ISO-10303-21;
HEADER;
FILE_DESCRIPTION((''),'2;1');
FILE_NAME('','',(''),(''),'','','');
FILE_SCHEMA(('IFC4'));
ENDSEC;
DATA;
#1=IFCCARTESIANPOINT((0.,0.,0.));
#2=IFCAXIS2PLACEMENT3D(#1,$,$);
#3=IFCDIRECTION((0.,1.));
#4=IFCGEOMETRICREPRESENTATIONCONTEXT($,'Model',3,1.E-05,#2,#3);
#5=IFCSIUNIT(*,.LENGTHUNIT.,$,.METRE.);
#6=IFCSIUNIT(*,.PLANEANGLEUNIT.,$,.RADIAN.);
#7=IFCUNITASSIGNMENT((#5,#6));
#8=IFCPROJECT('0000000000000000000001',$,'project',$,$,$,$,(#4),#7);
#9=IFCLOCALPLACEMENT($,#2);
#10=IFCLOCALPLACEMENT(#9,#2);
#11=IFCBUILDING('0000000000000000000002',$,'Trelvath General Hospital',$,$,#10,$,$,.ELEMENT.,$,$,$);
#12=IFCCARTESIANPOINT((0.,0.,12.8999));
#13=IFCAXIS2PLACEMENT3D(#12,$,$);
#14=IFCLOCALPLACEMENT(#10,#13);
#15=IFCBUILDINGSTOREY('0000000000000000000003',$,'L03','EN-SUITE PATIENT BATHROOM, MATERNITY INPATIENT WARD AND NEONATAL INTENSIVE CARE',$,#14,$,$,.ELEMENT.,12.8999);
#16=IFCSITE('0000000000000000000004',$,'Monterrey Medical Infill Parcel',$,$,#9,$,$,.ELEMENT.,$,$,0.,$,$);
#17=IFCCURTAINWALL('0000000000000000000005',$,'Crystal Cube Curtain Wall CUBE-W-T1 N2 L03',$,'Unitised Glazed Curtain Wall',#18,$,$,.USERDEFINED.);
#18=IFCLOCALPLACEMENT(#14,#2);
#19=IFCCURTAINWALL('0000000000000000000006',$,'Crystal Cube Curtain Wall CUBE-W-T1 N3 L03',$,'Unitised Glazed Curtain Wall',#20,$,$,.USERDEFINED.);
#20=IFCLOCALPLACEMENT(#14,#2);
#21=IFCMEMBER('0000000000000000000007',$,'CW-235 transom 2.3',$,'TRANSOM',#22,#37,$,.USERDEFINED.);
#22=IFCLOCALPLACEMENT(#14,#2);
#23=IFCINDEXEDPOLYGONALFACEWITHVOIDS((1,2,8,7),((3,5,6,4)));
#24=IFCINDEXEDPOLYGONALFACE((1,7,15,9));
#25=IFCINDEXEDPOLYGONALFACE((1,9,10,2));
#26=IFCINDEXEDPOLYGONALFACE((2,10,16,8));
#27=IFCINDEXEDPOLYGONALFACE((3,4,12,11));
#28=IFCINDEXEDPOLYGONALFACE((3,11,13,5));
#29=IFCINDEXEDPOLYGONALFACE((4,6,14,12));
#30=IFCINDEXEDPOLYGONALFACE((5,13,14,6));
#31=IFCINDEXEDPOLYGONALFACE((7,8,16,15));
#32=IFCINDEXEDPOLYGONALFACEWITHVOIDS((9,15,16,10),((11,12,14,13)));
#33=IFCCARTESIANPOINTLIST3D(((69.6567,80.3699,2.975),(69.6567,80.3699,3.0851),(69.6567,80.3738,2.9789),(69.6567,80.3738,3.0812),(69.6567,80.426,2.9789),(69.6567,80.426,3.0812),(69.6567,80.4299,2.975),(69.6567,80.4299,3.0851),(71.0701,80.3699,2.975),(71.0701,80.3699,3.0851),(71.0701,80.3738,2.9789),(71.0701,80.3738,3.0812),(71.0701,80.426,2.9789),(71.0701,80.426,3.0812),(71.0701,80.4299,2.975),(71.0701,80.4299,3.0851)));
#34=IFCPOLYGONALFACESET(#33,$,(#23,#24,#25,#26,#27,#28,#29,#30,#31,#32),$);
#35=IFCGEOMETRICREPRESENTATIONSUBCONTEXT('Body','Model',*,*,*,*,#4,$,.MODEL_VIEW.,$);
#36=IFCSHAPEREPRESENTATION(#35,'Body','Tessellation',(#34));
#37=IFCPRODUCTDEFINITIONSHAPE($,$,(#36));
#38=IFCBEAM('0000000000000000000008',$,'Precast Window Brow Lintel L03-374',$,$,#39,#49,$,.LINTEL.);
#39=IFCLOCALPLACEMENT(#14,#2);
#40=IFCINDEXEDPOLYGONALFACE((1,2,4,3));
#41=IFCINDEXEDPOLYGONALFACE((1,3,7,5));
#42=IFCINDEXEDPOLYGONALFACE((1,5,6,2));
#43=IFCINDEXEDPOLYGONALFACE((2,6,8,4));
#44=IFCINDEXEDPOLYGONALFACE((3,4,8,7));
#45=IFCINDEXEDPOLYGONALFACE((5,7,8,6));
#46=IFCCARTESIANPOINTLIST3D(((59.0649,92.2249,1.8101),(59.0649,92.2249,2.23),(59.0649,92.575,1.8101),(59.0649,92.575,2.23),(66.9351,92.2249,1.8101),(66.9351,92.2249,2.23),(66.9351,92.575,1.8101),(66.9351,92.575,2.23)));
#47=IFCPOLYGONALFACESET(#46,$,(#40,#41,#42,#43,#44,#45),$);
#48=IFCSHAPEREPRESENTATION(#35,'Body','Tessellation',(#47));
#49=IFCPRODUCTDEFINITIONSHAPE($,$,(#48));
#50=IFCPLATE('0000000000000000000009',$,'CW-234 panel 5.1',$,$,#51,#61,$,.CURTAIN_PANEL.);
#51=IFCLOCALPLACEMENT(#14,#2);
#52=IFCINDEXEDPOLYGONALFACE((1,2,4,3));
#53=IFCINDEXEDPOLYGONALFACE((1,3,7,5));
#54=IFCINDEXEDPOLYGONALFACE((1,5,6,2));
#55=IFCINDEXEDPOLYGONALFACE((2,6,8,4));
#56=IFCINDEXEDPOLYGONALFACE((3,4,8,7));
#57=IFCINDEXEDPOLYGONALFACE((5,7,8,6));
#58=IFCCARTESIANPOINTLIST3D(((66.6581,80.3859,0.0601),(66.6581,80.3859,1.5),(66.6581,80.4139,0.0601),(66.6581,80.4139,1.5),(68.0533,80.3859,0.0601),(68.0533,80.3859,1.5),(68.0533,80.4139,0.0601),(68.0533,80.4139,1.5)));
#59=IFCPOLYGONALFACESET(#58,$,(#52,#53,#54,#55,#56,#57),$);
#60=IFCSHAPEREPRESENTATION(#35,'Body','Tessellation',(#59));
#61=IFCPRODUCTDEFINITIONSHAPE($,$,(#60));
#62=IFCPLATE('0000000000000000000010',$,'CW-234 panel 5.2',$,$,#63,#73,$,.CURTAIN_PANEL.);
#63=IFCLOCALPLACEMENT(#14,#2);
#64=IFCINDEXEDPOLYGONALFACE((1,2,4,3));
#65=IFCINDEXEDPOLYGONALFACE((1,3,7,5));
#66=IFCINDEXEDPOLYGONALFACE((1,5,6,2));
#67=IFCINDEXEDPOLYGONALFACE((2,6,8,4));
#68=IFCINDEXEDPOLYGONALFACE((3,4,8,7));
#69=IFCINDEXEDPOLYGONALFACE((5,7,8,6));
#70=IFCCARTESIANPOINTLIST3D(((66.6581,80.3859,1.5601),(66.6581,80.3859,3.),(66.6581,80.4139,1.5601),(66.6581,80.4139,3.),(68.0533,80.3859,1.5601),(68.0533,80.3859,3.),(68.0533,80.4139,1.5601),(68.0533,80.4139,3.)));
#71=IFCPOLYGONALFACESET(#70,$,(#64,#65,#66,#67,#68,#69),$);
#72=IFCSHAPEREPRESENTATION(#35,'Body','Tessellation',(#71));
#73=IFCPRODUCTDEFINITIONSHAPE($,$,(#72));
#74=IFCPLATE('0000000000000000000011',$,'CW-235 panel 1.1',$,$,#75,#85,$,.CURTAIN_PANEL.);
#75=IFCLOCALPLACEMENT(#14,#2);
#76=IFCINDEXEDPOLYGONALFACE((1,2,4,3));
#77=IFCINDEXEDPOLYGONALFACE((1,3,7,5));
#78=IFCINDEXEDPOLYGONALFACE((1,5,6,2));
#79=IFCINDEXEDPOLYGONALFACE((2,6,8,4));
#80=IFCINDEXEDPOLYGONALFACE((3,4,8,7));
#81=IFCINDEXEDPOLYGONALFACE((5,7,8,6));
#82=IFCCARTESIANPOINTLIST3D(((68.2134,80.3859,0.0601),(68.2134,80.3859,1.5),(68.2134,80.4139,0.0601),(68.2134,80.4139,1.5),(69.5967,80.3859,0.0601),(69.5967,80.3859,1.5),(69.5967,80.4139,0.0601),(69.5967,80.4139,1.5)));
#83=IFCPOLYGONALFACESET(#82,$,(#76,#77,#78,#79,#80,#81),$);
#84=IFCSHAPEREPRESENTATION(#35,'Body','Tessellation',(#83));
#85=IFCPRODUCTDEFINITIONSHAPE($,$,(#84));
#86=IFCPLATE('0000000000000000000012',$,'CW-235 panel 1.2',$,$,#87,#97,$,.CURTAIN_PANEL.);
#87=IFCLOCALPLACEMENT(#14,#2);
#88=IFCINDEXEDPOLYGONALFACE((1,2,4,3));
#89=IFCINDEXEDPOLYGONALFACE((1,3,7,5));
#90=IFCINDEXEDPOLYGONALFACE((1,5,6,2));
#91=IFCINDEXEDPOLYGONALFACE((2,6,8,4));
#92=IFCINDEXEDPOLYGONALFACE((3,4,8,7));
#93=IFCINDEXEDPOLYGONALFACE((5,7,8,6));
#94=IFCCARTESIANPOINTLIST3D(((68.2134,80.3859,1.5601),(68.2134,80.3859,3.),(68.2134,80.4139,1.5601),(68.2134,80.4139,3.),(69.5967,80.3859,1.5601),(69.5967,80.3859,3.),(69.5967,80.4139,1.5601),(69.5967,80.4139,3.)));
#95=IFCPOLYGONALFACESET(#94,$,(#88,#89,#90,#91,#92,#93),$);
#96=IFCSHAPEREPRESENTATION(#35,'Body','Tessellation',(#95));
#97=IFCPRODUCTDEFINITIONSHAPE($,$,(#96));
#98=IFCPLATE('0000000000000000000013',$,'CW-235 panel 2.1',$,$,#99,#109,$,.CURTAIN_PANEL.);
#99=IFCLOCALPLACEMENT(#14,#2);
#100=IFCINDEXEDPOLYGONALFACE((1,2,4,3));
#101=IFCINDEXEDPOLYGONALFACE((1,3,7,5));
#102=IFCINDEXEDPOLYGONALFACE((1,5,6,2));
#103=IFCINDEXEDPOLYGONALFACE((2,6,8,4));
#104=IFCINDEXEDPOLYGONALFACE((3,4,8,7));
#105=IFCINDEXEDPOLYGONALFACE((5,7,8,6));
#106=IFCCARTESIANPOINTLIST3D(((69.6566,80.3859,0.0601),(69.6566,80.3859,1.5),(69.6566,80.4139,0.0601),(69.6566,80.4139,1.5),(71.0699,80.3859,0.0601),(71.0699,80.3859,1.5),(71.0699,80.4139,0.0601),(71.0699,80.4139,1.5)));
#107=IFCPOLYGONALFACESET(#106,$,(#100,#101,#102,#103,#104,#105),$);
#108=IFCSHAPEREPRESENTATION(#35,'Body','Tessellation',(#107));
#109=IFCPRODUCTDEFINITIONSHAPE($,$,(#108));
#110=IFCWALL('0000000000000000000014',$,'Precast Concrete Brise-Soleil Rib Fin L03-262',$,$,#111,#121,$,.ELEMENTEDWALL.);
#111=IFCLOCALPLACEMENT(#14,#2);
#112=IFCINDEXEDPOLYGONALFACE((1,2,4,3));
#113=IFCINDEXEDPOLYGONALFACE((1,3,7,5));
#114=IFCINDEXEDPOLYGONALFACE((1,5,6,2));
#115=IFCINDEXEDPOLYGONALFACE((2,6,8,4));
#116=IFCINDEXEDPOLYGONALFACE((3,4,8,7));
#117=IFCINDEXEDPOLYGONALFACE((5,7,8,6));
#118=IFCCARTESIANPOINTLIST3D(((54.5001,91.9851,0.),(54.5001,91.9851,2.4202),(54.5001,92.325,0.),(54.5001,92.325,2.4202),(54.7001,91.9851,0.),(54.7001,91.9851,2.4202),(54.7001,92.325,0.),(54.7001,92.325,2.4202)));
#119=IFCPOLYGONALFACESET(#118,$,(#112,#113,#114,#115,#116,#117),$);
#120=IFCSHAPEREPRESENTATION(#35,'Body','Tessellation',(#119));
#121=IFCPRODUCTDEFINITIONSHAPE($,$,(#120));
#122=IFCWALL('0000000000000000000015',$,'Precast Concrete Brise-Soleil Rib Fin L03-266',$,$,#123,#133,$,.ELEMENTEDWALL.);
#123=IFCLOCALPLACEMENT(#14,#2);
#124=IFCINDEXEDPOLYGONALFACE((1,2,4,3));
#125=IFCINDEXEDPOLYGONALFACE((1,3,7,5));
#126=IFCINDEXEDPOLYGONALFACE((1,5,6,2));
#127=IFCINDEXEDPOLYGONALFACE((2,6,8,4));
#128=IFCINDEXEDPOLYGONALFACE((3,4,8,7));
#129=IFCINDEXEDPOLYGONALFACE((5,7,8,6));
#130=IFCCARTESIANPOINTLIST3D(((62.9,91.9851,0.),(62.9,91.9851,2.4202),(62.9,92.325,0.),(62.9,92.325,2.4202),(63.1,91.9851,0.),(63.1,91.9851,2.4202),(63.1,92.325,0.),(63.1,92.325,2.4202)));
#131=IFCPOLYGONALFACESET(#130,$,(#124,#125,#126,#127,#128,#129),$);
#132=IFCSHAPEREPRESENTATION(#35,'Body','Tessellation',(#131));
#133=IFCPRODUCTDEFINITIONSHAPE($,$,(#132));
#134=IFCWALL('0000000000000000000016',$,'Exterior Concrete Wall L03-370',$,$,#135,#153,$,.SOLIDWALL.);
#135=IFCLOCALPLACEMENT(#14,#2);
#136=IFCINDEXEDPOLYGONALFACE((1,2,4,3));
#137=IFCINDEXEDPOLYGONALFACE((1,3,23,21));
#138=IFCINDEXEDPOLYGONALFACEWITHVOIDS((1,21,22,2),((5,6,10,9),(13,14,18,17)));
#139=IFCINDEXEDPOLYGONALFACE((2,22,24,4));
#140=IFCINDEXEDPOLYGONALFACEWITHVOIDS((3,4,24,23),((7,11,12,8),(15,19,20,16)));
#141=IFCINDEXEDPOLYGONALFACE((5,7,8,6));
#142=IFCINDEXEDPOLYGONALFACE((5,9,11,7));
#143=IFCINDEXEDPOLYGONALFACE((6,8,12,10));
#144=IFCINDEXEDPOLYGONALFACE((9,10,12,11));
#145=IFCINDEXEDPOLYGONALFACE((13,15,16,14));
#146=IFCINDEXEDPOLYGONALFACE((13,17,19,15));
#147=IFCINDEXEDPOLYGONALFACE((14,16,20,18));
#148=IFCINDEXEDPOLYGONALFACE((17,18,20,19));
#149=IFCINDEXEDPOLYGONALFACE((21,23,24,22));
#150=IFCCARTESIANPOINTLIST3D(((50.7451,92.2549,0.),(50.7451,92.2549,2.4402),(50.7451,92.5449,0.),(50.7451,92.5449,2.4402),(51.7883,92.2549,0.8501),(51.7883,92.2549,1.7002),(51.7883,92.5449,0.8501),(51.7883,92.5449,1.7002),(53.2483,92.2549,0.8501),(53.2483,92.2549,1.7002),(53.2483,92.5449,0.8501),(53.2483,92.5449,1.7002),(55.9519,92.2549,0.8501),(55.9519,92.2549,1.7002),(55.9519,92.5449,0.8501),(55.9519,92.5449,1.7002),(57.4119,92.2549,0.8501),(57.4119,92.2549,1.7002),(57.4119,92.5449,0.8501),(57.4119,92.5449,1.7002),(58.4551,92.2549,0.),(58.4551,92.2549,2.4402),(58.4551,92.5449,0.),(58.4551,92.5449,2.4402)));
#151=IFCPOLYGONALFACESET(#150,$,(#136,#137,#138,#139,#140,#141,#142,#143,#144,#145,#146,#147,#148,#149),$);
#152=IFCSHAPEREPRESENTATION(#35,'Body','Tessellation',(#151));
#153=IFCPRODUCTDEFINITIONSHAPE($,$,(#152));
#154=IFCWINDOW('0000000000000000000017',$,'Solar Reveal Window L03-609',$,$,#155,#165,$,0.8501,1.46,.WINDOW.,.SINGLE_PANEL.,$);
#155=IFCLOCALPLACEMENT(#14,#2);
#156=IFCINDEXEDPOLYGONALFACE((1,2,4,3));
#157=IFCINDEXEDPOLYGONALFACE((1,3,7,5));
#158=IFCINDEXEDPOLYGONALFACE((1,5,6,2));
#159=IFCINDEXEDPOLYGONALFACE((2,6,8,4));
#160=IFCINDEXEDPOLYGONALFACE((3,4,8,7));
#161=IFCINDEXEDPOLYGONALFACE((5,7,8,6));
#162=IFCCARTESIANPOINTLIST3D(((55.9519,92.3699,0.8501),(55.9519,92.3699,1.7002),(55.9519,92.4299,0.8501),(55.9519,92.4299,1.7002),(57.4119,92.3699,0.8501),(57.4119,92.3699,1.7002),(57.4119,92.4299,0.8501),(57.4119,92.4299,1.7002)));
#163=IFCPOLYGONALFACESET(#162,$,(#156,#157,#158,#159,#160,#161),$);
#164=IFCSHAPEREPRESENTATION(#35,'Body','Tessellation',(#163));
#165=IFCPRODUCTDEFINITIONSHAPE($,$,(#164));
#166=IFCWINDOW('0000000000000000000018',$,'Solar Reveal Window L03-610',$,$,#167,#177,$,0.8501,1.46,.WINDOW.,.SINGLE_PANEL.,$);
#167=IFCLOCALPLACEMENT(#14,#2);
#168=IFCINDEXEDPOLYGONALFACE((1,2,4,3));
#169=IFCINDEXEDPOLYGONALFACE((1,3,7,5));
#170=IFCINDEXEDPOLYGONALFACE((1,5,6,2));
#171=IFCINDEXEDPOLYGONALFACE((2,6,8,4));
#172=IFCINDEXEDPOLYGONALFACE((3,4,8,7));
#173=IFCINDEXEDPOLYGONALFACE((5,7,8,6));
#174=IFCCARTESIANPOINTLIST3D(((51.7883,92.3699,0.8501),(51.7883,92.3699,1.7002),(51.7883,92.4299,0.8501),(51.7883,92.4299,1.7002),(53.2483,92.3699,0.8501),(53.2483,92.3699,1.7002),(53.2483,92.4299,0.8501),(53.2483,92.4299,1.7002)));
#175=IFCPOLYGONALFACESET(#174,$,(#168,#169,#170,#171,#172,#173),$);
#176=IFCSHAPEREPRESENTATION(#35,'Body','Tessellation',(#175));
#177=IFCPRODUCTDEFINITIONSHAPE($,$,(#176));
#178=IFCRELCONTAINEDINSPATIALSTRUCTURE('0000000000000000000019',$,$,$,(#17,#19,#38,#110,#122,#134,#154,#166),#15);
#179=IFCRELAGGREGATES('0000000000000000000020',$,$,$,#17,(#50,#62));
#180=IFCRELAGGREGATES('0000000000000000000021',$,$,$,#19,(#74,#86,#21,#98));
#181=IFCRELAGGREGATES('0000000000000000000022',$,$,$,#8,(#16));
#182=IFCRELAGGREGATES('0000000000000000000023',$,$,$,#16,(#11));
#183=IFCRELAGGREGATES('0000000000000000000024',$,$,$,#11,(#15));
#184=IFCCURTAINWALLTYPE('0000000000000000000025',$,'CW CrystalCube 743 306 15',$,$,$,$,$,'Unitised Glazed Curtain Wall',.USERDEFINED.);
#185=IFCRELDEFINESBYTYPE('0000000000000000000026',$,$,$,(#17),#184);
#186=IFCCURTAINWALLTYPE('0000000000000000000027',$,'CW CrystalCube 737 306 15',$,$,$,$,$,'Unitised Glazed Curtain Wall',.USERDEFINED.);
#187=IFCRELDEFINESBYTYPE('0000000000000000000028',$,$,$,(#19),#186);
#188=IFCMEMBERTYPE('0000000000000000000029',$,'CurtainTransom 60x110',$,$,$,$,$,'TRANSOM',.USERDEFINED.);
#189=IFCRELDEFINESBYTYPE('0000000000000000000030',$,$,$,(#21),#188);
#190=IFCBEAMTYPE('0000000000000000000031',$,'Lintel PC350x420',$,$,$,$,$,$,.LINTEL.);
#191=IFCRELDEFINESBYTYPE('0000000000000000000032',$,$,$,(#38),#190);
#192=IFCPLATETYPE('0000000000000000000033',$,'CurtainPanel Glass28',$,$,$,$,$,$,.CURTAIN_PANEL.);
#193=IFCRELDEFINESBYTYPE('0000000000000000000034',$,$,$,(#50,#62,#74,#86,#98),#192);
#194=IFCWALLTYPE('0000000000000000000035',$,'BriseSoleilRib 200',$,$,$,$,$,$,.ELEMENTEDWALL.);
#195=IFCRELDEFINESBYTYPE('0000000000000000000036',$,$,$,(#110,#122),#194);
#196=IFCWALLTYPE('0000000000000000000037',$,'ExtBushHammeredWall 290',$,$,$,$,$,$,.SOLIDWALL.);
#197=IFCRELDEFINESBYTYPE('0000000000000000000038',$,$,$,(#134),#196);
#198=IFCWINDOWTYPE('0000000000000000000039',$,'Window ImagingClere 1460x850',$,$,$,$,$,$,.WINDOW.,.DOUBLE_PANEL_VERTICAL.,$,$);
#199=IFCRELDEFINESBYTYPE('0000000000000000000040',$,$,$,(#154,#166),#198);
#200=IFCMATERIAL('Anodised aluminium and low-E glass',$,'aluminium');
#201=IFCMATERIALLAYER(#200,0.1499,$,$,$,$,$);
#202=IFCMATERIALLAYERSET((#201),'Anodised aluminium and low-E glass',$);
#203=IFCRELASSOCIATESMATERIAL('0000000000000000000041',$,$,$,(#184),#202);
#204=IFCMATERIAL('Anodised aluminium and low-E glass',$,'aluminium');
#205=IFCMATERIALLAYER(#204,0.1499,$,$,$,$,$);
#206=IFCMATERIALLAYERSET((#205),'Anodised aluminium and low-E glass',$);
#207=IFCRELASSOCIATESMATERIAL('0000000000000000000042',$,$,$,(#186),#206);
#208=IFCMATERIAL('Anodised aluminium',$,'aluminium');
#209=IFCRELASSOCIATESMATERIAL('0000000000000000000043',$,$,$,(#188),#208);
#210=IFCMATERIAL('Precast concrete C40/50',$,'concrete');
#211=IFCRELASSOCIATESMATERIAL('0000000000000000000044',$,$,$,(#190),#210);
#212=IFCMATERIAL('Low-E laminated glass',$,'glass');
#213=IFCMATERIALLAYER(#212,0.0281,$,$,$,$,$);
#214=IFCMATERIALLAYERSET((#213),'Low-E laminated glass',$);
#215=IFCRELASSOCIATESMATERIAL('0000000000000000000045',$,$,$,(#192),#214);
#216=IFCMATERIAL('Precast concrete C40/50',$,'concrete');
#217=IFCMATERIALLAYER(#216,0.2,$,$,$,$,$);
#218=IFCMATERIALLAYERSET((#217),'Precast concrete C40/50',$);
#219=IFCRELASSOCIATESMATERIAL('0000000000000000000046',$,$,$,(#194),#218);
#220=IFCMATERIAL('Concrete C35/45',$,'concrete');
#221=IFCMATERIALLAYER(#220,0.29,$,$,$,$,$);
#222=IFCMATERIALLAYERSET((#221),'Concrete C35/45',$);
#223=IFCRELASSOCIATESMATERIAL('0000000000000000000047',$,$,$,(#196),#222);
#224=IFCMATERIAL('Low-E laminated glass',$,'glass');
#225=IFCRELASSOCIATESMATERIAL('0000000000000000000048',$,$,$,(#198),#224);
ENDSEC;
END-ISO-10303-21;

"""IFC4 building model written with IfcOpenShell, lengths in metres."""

from ifc_helpers import new_model, si_unit, direction, frame, frame_2d, origin, origin_2d, place, context, subcontext, project, spatial, rectangle, hollow_rectangle, extrude, material, layer, layer_set, material_profile, profile_set, type_object, element, fill, aggregate, save


model = new_model("IFC4")

# Units and contexts
model_context = context("Model", 3, precision=1e-05, world=origin(), true_north=direction((0.0, 1.0)))
body_context = subcontext(model_context, "Body", "Model", "MODEL_VIEW")
ifc_project = project(units=[si_unit("LENGTHUNIT", "METRE"), si_unit("PLANEANGLEUNIT", "RADIAN")], contexts=[model_context])

# Site, building, storey
site_placement = place(None, origin())
site = spatial("IfcSite", under=ifc_project, at=site_placement, Name="Monterrey Medical Infill Parcel", CompositionType="ELEMENT", RefElevation=0.0)
building_placement = place(site_placement, origin())
building = spatial("IfcBuilding", under=site, at=building_placement, Name="Trelvath General Hospital", CompositionType="ELEMENT")
storey_placement = place(building_placement, frame((0.0, 0.0, 12.8999)))
storey = spatial("IfcBuildingStorey", under=building, at=storey_placement, Name="L03", Description="EN-SUITE PATIENT BATHROOM, MATERNITY INPATIENT WARD AND NEONATAL INTENSIVE CARE", CompositionType="ELEMENT", Elevation=12.8999)

# Curtain wall
ifc_material_1 = material(Name="Anodised aluminium and low-E glass", Category="aluminium")
ifc_layer_1 = layer(ifc_material_1, 0.1499)
ifc_layer_set_1 = layer_set([ifc_layer_1], Name="Anodised aluminium and low-E glass")
curtain_wall_type_1 = type_object("IfcCurtainWallType", Name="CW CrystalCube 743 306 15", ElementType="Unitised Glazed Curtain Wall", PredefinedType="USERDEFINED", material=ifc_layer_set_1)
curtain_wall_1_placement = place(storey_placement, origin())
curtain_wall_1 = element("IfcCurtainWall", 1, at=curtain_wall_1_placement, inside=storey, type_object=curtain_wall_type_1, Name="Crystal Cube Curtain Wall CUBE-W-T1 N2 L03", ObjectType="Unitised Glazed Curtain Wall", PredefinedType="USERDEFINED")

# Curtain wall
ifc_material_2 = material(Name="Anodised aluminium and low-E glass", Category="aluminium")
ifc_layer_2 = layer(ifc_material_2, 0.1499)
ifc_layer_set_2 = layer_set([ifc_layer_2], Name="Anodised aluminium and low-E glass")
curtain_wall_type_2 = type_object("IfcCurtainWallType", Name="CW CrystalCube 737 306 15", ElementType="Unitised Glazed Curtain Wall", PredefinedType="USERDEFINED", material=ifc_layer_set_2)
curtain_wall_2_placement = place(storey_placement, origin())
curtain_wall_2 = element("IfcCurtainWall", 2, at=curtain_wall_2_placement, inside=storey, type_object=curtain_wall_type_2, Name="Crystal Cube Curtain Wall CUBE-W-T1 N3 L03", ObjectType="Unitised Glazed Curtain Wall", PredefinedType="USERDEFINED")

# Member
ifc_material_3 = material(Name="Anodised aluminium", Category="aluminium")
ifc_material_profile_1 = material_profile(ifc_material_3, hollow_rectangle(XDim=0.0601, YDim=0.1101, WallThickness=0.0039, at=origin_2d()), Name="RHS60x110x4")
ifc_profile_set_1 = profile_set([ifc_material_profile_1], Name="Anodised aluminium")
member_type_1 = type_object("IfcMemberType", Name="CurtainTransom 60x110", ElementType="TRANSOM", PredefinedType="USERDEFINED", material=ifc_profile_set_1)
member_1_placement = place(storey_placement, frame((69.6567, 80.3999, 3.03), z_axis=(1.0, 0.0, 0.0), x_axis=(0.0, 1.0, 0.0)))
member_1 = element("IfcMember", 3, at=member_1_placement, type_object=member_type_1, Name="CW-235 transom 2.3", ObjectType="TRANSOM", PredefinedType="USERDEFINED", context=body_context, shape_type="SweptSolid", body=[
    extrude(hollow_rectangle(XDim=0.0601, YDim=0.1101, WallThickness=0.0039, at=origin_2d()), origin(), (0.0, 0.0, 1.0), 1.4133),
])

# Beam
ifc_material_4 = material(Name="Precast concrete C40/50", Category="concrete")
ifc_material_profile_2 = material_profile(ifc_material_4, rectangle(XDim=0.3501, YDim=0.4199, at=origin_2d()), Name="PCL350x420")
ifc_profile_set_2 = profile_set([ifc_material_profile_2], Name="Precast concrete C40/50")
beam_type_1 = type_object("IfcBeamType", Name="Lintel PC350x420", PredefinedType="LINTEL", material=ifc_profile_set_2)
beam_1_placement = place(storey_placement, frame((66.9351, 92.3999, 2.02), z_axis=(-1.0, 0.0, 0.0), x_axis=(0.0, -1.0, 0.0)))
element("IfcBeam", 4, at=beam_1_placement, inside=storey, type_object=beam_type_1, Name="Precast Window Brow Lintel L03-374", PredefinedType="LINTEL", context=body_context, shape_type="SweptSolid", body=[
    extrude(rectangle(XDim=0.3501, YDim=0.4199, at=origin_2d()), origin(), (0.0, 0.0, 1.0), 7.8701),
])

# Plates
ifc_material_5 = material(Name="Low-E laminated glass", Category="glass")
ifc_layer_3 = layer(ifc_material_5, 0.0281)
ifc_layer_set_3 = layer_set([ifc_layer_3], Name="Low-E laminated glass")
plate_type = type_object("IfcPlateType", Name="CurtainPanel Glass28", PredefinedType="CURTAIN_PANEL", material=ifc_layer_set_3)
plate_1_placement = place(storey_placement, frame((67.3557, 80.3999, 0.0601), z_axis=(0.0, 0.0, 1.0), x_axis=(1.0, 0.0, 0.0)))
plate_1 = element("IfcPlate", 5, at=plate_1_placement, type_object=plate_type, Name="CW-234 panel 5.1", PredefinedType="CURTAIN_PANEL", context=body_context, shape_type="SweptSolid", body=[
    extrude(rectangle(XDim=1.3953, YDim=0.0281, at=origin_2d()), origin(), (0.0, 0.0, 1.0), 1.4399),
])
plate_2_placement = place(storey_placement, frame((67.3557, 80.3999, 1.5601), z_axis=(0.0, 0.0, 1.0), x_axis=(1.0, 0.0, 0.0)))
plate_2 = element("IfcPlate", 6, at=plate_2_placement, type_object=plate_type, Name="CW-234 panel 5.2", PredefinedType="CURTAIN_PANEL", context=body_context, shape_type="SweptSolid", body=[
    extrude(rectangle(XDim=1.3953, YDim=0.0281, at=origin_2d()), origin(), (0.0, 0.0, 1.0), 1.4399),
])
aggregate(curtain_wall_1, [plate_1, plate_2])
plate_3_placement = place(storey_placement, frame((68.905, 80.3999, 0.0601), z_axis=(0.0, 0.0, 1.0), x_axis=(1.0, 0.0, 0.0)))
plate_3 = element("IfcPlate", 7, at=plate_3_placement, type_object=plate_type, Name="CW-235 panel 1.1", PredefinedType="CURTAIN_PANEL", context=body_context, shape_type="SweptSolid", body=[
    extrude(rectangle(XDim=1.3833, YDim=0.0281, at=origin_2d()), origin(), (0.0, 0.0, 1.0), 1.4399),
])
plate_4_placement = place(storey_placement, frame((68.905, 80.3999, 1.5601), z_axis=(0.0, 0.0, 1.0), x_axis=(1.0, 0.0, 0.0)))
plate_4 = element("IfcPlate", 8, at=plate_4_placement, type_object=plate_type, Name="CW-235 panel 1.2", PredefinedType="CURTAIN_PANEL", context=body_context, shape_type="SweptSolid", body=[
    extrude(rectangle(XDim=1.3833, YDim=0.0281, at=origin_2d()), origin(), (0.0, 0.0, 1.0), 1.4399),
])
plate_5_placement = place(storey_placement, frame((70.3633, 80.3999, 0.0601), z_axis=(0.0, 0.0, 1.0), x_axis=(1.0, 0.0, 0.0)))
plate_5 = element("IfcPlate", 9, at=plate_5_placement, type_object=plate_type, Name="CW-235 panel 2.1", PredefinedType="CURTAIN_PANEL", context=body_context, shape_type="SweptSolid", body=[
    extrude(rectangle(XDim=1.4133, YDim=0.0281, at=origin_2d()), origin(), (0.0, 0.0, 1.0), 1.4399),
])
aggregate(curtain_wall_2, [plate_3, plate_4, member_1, plate_5])

# Walls
ifc_material_6 = material(Name="Precast concrete C40/50", Category="concrete")
ifc_layer_4 = layer(ifc_material_6, 0.2)
ifc_layer_set_4 = layer_set([ifc_layer_4], Name="Precast concrete C40/50")
wall_type_1 = type_object("IfcWallType", Name="BriseSoleilRib 200", PredefinedType="ELEMENTEDWALL", material=ifc_layer_set_4)
for number, where, z_axis, x_axis, name in (
    (10, (54.6001, 92.325, 0.0), (0.0, 0.0, 1.0), (0.0, -1.0, 0.0), "Precast Concrete Brise-Soleil Rib Fin L03-262"),
    (11, (63.0, 92.325, 0.0), (0.0, 0.0, 1.0), (0.0, -1.0, 0.0), "Precast Concrete Brise-Soleil Rib Fin L03-266"),
):
    element("IfcWall", number, at=place(storey_placement, frame(where, z_axis=z_axis, x_axis=x_axis)), inside=storey, type_object=wall_type_1, Name=name, PredefinedType="ELEMENTEDWALL", context=body_context, shape_type="SweptSolid", body=[
        extrude(rectangle(XDim=0.3398, YDim=0.2, at=frame_2d((0.1699, 0.0))), origin(), (0.0, 0.0, 1.0), 2.4202),
    ])

# Wall, openings, windows
ifc_material_7 = material(Name="Concrete C35/45", Category="concrete")
ifc_layer_5 = layer(ifc_material_7, 0.29)
ifc_layer_set_5 = layer_set([ifc_layer_5], Name="Concrete C35/45")
wall_type_2 = type_object("IfcWallType", Name="ExtBushHammeredWall 290", PredefinedType="SOLIDWALL", material=ifc_layer_set_5)
wall_1_placement = place(storey_placement, frame((58.4551, 92.3999, 0.0), z_axis=(0.0, 0.0, 1.0), x_axis=(-1.0, 0.0, 0.0)))
wall_1 = element("IfcWall", 12, at=wall_1_placement, inside=storey, type_object=wall_type_2, Name="Exterior Concrete Wall L03-370", PredefinedType="SOLIDWALL", context=body_context, shape_type="SweptSolid", body=[
    extrude(rectangle(XDim=7.71, YDim=0.29, at=frame_2d((3.855, 0.0))), origin(), (0.0, 0.0, 1.0), 2.4402),
])
opening_1_placement = place(wall_1_placement, frame((1.0432, 0.0, 0.8501)))
opening_1 = element("IfcOpeningElement", 13, at=opening_1_placement, cuts=wall_1, PredefinedType="OPENING", context=body_context, shape_type="SweptSolid", body=[
    extrude(rectangle(XDim=1.46, YDim=0.8501, at=frame_2d((0.73, 0.425))), frame((0.0, 0.155, 0.0), z_axis=(0.0, -1.0, 0.0), x_axis=(1.0, 0.0, 0.0)), (0.0, 0.0, 1.0), 0.3101),
])
opening_2_placement = place(wall_1_placement, frame((5.2068, 0.0, 0.8501)))
opening_2 = element("IfcOpeningElement", 14, at=opening_2_placement, cuts=wall_1, PredefinedType="OPENING", context=body_context, shape_type="SweptSolid", body=[
    extrude(rectangle(XDim=1.46, YDim=0.8501, at=frame_2d((0.73, 0.425))), frame((0.0, 0.155, 0.0), z_axis=(0.0, -1.0, 0.0), x_axis=(1.0, 0.0, 0.0)), (0.0, 0.0, 1.0), 0.3101),
])
ifc_material_8 = material(Name="Low-E laminated glass", Category="glass")
window_type_1 = type_object("IfcWindowType", Name="Window ImagingClere 1460x850", PartitioningType="DOUBLE_PANEL_VERTICAL", PredefinedType="WINDOW", material=ifc_material_8)
window_1_placement = place(opening_1_placement, origin())
window_1 = element("IfcWindow", 15, at=window_1_placement, inside=storey, type_object=window_type_1, Name="Solar Reveal Window L03-609", OverallHeight=0.8501, OverallWidth=1.46, PartitioningType="SINGLE_PANEL", PredefinedType="WINDOW", context=body_context, shape_type="SweptSolid", body=[
    extrude(rectangle(XDim=1.46, YDim=0.8501, at=frame_2d((0.73, 0.425))), frame((0.0, 0.03, 0.0), z_axis=(0.0, -1.0, 0.0), x_axis=(1.0, 0.0, 0.0)), (0.0, 0.0, 1.0), 0.0601),
])
fill(opening_1, window_1)
window_2_placement = place(opening_2_placement, origin())
window_2 = element("IfcWindow", 16, at=window_2_placement, inside=storey, type_object=window_type_1, Name="Solar Reveal Window L03-610", OverallHeight=0.8501, OverallWidth=1.46, PartitioningType="SINGLE_PANEL", PredefinedType="WINDOW", context=body_context, shape_type="SweptSolid", body=[
    extrude(rectangle(XDim=1.46, YDim=0.8501, at=frame_2d((0.73, 0.425))), frame((0.0, 0.03, 0.0), z_axis=(0.0, -1.0, 0.0), x_axis=(1.0, 0.0, 0.0)), (0.0, 0.0, 1.0), 0.0601),
])
fill(opening_2, window_2)

save(model, "model.ifc")
